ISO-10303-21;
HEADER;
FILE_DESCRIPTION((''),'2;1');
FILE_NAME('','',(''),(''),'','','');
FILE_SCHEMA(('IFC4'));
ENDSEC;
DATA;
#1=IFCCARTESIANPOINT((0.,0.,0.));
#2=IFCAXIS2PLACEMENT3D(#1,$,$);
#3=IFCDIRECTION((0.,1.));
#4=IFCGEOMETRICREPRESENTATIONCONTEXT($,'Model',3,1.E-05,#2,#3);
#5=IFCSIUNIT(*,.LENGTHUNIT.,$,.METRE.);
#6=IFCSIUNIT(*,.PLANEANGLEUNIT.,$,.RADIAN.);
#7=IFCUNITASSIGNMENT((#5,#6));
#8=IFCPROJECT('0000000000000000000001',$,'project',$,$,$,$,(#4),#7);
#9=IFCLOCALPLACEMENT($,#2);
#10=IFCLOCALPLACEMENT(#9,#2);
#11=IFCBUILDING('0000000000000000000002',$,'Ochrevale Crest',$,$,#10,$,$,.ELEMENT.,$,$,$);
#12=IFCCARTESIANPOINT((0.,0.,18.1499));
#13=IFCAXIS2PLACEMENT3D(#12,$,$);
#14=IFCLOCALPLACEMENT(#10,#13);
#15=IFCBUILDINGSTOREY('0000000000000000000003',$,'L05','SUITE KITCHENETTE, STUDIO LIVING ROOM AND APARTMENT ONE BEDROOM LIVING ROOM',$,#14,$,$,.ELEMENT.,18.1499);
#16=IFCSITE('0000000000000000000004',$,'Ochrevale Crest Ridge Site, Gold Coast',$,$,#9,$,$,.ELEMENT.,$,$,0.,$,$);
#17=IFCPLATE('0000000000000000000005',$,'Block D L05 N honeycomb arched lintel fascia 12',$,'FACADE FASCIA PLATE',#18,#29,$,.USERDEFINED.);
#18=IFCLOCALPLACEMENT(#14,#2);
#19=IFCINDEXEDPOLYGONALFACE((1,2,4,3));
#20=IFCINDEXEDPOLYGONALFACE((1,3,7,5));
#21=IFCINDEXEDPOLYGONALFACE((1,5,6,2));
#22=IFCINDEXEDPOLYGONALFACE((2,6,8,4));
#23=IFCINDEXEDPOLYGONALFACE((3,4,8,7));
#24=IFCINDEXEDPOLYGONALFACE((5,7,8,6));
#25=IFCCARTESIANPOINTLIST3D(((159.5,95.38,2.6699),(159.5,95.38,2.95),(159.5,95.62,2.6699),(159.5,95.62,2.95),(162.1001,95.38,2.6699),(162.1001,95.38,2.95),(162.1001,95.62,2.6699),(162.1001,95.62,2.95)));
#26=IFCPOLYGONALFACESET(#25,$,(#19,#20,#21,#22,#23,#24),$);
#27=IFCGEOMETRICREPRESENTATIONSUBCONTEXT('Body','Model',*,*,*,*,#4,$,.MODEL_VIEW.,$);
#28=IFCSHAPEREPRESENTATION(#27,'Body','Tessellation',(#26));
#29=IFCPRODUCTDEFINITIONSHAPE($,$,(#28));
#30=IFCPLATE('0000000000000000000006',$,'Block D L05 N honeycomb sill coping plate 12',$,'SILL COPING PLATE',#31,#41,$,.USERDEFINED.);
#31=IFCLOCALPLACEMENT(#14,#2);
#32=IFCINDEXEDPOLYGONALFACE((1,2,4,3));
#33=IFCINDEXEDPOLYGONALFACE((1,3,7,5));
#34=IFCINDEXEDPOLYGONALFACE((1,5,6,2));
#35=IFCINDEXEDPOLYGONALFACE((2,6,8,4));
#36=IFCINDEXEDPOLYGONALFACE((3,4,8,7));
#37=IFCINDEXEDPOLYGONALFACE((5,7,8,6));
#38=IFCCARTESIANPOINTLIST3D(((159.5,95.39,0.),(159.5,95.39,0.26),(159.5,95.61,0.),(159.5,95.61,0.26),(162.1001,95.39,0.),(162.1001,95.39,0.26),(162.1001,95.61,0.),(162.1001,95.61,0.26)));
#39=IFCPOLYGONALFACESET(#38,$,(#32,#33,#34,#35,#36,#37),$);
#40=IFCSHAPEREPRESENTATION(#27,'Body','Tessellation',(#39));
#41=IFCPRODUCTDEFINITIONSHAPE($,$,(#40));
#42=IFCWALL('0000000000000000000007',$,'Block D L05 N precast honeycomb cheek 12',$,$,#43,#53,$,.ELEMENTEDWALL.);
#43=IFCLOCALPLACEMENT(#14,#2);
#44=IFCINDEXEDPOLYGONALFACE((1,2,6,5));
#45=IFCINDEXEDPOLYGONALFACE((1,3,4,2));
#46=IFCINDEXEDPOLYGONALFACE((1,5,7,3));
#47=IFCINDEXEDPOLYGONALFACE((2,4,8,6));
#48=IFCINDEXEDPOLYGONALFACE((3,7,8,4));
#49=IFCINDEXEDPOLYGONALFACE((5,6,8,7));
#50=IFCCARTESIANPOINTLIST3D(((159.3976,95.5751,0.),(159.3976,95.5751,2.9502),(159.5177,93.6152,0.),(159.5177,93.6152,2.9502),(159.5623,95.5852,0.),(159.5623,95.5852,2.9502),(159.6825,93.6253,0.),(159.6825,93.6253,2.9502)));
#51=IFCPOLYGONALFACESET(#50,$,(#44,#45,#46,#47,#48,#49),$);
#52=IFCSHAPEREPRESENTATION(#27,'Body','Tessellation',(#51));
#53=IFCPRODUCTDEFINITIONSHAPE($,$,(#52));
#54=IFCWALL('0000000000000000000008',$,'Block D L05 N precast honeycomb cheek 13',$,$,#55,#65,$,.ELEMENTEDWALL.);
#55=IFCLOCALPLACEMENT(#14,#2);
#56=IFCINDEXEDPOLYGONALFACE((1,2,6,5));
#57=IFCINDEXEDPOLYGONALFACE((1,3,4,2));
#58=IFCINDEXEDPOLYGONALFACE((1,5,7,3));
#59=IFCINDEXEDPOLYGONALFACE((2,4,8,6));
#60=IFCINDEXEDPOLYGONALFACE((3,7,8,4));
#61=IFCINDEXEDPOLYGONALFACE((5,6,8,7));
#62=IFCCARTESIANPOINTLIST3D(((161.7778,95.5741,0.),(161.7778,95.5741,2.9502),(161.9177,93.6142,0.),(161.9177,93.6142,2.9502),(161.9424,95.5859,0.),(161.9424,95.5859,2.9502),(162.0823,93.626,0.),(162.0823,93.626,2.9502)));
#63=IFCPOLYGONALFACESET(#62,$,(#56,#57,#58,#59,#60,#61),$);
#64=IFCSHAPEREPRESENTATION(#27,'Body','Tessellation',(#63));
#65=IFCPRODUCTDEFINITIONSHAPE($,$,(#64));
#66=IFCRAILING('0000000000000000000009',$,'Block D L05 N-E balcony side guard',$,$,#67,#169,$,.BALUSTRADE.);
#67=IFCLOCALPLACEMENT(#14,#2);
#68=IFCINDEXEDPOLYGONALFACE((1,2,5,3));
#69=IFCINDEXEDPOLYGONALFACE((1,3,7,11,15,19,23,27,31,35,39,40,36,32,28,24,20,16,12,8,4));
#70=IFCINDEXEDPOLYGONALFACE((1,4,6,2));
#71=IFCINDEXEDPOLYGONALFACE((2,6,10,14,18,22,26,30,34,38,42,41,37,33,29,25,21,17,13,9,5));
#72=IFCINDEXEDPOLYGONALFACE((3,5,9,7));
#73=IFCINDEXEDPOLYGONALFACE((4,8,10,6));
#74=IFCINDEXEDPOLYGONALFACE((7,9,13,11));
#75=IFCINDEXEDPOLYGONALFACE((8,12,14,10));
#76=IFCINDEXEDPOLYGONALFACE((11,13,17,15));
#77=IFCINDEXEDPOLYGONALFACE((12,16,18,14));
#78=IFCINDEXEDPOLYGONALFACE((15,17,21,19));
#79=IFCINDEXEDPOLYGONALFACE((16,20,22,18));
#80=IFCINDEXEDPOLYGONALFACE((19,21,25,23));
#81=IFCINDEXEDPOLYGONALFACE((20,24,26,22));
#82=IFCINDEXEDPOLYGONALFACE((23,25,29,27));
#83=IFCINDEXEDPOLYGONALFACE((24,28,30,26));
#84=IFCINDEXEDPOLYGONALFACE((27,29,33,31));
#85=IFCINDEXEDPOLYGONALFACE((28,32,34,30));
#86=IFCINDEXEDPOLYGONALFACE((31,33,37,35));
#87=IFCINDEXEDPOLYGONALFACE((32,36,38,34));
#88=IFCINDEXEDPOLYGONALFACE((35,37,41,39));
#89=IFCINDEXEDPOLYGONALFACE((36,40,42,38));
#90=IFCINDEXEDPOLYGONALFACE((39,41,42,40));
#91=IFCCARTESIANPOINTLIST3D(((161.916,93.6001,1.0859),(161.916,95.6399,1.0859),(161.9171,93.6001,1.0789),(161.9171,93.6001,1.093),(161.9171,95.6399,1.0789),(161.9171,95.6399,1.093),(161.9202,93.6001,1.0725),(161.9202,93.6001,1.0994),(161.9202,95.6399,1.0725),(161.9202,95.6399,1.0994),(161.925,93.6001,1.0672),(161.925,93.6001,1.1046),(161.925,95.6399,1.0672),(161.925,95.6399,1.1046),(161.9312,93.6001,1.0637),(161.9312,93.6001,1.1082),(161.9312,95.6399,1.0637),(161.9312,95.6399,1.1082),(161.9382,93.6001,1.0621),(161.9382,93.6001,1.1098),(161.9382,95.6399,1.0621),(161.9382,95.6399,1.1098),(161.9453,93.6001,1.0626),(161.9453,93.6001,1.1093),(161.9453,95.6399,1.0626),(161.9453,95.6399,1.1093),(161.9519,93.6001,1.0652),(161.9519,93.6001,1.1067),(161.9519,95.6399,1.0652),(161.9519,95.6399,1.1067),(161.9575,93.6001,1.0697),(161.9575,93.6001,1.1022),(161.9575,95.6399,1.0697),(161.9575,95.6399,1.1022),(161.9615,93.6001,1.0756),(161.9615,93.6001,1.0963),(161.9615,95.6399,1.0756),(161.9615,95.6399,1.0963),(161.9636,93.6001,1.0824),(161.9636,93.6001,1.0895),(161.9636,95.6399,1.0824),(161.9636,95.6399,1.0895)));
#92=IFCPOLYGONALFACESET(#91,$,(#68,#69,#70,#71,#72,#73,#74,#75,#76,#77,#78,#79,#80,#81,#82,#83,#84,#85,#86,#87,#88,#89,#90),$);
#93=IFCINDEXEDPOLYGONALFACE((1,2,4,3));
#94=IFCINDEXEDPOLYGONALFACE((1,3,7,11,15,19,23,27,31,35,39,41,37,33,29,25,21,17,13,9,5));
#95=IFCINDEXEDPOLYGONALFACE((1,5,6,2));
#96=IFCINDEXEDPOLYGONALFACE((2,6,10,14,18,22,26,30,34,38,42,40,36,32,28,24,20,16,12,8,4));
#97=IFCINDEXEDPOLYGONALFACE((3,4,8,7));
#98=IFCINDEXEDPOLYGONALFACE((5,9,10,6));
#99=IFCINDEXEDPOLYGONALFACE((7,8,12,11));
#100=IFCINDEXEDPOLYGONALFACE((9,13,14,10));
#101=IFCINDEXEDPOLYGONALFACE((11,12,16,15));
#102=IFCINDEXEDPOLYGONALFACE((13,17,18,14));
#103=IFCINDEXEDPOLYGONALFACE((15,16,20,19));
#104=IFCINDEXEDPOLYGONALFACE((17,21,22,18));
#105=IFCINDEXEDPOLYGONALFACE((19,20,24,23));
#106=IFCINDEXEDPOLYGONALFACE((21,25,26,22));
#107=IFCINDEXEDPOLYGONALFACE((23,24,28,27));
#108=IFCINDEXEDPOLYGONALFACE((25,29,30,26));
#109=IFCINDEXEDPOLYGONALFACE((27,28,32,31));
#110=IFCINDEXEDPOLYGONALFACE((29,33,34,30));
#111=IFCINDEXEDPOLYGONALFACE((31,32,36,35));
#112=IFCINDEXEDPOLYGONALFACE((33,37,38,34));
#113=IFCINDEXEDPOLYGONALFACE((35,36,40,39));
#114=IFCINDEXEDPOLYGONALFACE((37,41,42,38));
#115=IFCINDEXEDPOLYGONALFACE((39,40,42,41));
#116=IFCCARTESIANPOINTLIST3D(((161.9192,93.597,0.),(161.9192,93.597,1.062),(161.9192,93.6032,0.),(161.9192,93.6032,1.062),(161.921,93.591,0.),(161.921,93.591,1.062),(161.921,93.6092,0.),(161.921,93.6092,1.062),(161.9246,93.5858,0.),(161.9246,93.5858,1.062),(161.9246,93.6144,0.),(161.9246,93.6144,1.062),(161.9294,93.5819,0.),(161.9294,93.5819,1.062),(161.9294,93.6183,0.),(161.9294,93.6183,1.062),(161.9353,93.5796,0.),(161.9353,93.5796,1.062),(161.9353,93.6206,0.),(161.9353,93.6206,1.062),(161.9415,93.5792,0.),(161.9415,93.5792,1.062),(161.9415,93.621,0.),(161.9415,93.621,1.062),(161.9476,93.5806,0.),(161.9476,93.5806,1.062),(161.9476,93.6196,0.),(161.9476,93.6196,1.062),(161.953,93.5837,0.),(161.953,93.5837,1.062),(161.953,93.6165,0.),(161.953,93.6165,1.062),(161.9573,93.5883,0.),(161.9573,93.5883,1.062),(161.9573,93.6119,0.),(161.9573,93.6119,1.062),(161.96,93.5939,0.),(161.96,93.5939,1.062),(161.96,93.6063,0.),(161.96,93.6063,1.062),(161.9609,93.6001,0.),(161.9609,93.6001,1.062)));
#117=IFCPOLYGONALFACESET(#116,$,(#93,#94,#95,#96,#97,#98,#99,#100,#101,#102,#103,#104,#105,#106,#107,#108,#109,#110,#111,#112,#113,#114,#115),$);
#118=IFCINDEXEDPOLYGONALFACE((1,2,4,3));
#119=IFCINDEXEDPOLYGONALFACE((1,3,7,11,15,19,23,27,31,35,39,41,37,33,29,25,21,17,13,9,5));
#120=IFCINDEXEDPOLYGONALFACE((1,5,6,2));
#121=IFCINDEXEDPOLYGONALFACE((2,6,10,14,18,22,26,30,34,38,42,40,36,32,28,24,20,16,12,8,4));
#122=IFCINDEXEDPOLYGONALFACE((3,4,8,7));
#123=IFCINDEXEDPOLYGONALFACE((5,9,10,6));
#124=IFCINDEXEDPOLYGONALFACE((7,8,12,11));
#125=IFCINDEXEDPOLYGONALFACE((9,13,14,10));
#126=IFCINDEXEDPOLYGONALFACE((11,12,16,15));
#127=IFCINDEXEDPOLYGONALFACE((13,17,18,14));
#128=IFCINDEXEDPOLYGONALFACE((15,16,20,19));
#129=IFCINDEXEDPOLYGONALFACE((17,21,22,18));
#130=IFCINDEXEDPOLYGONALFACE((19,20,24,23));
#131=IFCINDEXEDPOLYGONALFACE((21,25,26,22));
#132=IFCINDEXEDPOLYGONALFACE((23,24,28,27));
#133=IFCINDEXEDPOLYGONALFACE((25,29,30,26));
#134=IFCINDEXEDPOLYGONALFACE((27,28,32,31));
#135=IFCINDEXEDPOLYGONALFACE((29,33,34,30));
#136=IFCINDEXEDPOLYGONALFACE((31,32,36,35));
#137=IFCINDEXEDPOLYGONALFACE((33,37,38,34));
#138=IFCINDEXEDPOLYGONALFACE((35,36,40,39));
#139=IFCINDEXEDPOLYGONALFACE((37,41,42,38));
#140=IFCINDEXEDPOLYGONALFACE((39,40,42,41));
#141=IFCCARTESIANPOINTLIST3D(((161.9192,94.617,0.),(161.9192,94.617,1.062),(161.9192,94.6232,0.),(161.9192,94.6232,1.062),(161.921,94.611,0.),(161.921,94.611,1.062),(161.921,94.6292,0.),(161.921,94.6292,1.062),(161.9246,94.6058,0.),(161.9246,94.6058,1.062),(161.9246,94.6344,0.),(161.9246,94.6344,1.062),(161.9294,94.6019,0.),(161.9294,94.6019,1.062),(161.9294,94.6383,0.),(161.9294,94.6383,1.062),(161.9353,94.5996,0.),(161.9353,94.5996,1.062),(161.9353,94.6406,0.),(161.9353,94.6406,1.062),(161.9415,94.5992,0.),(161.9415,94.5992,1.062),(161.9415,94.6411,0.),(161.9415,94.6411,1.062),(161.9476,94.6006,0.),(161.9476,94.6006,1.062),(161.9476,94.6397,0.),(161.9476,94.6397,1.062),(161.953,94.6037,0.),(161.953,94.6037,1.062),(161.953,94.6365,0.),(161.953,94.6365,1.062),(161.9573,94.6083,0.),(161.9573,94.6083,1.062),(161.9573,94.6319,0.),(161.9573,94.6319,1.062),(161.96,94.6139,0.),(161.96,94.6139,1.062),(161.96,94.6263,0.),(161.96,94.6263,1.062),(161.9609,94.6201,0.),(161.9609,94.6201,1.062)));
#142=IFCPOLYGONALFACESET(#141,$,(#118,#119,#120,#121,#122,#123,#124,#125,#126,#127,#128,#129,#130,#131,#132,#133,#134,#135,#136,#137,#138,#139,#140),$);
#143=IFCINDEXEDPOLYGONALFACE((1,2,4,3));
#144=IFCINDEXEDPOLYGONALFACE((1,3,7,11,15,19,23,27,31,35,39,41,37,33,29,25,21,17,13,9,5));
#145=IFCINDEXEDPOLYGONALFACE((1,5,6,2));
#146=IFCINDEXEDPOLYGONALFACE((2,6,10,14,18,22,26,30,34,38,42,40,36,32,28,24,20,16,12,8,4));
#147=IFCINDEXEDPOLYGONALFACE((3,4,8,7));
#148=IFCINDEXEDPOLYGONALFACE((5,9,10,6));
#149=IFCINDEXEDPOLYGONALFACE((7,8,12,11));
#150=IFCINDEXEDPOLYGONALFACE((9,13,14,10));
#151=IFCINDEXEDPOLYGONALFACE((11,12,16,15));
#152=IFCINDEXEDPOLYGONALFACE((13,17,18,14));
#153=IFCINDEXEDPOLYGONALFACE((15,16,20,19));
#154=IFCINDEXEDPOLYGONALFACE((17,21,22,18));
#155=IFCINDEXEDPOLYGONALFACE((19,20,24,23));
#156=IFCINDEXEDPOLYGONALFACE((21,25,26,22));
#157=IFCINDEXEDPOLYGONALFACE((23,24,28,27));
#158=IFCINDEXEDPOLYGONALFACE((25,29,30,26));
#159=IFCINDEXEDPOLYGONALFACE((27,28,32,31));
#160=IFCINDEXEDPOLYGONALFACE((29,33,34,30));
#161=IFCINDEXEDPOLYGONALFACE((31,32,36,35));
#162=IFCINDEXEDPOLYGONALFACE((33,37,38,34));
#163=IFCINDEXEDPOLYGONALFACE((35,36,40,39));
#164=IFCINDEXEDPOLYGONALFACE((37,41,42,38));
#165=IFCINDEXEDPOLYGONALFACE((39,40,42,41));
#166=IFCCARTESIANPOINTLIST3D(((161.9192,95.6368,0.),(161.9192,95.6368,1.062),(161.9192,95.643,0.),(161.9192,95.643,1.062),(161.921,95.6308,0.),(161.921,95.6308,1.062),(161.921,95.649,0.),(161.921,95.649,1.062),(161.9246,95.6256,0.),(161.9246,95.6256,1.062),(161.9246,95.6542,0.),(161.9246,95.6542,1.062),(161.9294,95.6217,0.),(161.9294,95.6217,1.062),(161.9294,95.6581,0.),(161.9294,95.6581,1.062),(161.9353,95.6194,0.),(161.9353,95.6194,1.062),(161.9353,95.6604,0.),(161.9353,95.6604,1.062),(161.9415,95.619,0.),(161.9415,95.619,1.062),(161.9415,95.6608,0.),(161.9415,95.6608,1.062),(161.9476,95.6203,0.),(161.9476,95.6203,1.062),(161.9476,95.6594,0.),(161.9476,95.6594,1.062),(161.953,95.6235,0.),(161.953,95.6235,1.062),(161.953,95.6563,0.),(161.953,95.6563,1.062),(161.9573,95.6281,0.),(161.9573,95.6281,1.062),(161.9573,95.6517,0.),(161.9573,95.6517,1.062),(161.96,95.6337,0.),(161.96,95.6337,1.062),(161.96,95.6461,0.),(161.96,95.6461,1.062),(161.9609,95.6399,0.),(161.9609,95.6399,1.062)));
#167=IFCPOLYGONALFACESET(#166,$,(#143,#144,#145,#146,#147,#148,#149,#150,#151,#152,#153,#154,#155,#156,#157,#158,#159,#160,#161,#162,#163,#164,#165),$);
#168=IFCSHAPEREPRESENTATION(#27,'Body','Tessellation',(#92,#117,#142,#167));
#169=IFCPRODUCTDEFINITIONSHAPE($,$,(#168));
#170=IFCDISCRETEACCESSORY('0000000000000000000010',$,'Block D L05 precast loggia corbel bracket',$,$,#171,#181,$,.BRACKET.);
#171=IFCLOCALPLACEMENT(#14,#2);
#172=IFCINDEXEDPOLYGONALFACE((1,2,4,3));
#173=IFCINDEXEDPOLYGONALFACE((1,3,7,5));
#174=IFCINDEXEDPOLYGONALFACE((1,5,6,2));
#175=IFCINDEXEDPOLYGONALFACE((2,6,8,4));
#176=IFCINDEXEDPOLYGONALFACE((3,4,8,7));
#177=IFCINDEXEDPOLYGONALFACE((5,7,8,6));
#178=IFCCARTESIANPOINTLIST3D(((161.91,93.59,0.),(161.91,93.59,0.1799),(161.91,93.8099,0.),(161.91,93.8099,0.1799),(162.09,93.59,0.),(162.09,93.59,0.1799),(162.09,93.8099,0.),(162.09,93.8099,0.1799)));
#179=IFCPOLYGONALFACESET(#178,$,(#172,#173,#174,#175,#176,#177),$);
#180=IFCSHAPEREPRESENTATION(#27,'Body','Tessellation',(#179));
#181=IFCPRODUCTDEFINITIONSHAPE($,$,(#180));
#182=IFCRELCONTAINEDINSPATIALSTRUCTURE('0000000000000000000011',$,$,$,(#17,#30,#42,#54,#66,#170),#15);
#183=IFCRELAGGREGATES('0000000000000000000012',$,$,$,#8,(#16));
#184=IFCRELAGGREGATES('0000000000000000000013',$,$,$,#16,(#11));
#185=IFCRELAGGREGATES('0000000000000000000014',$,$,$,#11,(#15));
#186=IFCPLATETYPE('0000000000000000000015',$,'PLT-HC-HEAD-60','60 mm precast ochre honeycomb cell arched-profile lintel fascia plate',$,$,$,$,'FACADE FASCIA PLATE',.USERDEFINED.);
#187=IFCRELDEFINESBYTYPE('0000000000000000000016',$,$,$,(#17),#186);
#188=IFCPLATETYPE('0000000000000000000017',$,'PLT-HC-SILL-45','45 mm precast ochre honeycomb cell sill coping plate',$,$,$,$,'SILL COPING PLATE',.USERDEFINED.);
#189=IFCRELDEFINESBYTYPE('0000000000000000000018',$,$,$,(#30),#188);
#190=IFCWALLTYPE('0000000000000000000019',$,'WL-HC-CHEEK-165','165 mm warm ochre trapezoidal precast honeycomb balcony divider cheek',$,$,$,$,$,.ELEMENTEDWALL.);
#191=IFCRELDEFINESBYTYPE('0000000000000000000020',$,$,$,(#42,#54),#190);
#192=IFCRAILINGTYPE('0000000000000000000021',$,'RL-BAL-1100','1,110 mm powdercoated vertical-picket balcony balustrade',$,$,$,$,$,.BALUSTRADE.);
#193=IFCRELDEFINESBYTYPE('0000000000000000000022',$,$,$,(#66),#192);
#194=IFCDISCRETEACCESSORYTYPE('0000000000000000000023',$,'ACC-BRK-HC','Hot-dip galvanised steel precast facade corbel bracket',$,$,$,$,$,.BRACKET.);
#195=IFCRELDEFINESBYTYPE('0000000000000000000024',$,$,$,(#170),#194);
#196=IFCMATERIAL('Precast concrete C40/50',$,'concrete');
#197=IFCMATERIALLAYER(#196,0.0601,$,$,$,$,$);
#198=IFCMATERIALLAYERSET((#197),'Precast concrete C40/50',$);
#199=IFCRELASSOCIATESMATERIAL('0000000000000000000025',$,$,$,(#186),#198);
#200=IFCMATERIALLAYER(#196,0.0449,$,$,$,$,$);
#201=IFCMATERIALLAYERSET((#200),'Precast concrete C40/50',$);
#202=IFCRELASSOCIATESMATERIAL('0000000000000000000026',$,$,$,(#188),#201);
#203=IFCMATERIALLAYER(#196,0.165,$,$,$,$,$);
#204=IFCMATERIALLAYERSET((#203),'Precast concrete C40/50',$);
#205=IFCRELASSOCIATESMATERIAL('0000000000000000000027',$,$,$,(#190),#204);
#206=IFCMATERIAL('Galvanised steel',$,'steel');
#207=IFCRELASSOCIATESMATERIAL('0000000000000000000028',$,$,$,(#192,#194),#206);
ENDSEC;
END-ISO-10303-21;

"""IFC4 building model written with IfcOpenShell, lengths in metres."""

from ifc_helpers import new_model, si_unit, direction, frame, frame_2d, origin, origin_2d, place, context, subcontext, project, spatial, rectangle, circle, extrude, material, layer, layer_set, type_object, element, save


model = new_model("IFC4")

# Units and contexts
model_context = context("Model", 3, precision=1e-05, world=origin(), true_north=direction((0.0, 1.0)))
body_context = subcontext(model_context, "Body", "Model", "MODEL_VIEW")
ifc_project = project(units=[si_unit("LENGTHUNIT", "METRE"), si_unit("PLANEANGLEUNIT", "RADIAN")], contexts=[model_context])

# Site, building, storey
site_placement = place(None, origin())
site = spatial("IfcSite", under=ifc_project, at=site_placement, Name="Ochrevale Crest Ridge Site, Gold Coast", CompositionType="ELEMENT", RefElevation=0.0)
building_placement = place(site_placement, origin())
building = spatial("IfcBuilding", under=site, at=building_placement, Name="Ochrevale Crest", CompositionType="ELEMENT")
storey_placement = place(building_placement, frame((0.0, 0.0, 18.1499)))
storey = spatial("IfcBuildingStorey", under=building, at=storey_placement, Name="L05", Description="SUITE KITCHENETTE, STUDIO LIVING ROOM AND APARTMENT ONE BEDROOM LIVING ROOM", CompositionType="ELEMENT", Elevation=18.1499)

# Plates
ifc_material_1 = material(Name="Precast concrete C40/50", Category="concrete")
ifc_layer_1 = layer(ifc_material_1, 0.0601)
ifc_layer_set_1 = layer_set([ifc_layer_1], Name="Precast concrete C40/50")
plate_type_1 = type_object("IfcPlateType", Name="PLT-HC-HEAD-60", Description="60 mm precast ochre honeycomb cell arched-profile lintel fascia plate", ElementType="FACADE FASCIA PLATE", PredefinedType="USERDEFINED", material=ifc_layer_set_1)
plate_1_placement = place(storey_placement, frame((160.8, 95.5, 2.6699), z_axis=(0.0, 0.0, 1.0), x_axis=(1.0, 0.0, 0.0)))
element("IfcPlate", 1, at=plate_1_placement, inside=storey, type_object=plate_type_1, Name="Block D L05 N honeycomb arched lintel fascia 12", ObjectType="FACADE FASCIA PLATE", PredefinedType="USERDEFINED", context=body_context, shape_type="SweptSolid", body=[
    extrude(rectangle(XDim=2.6001, YDim=0.24, at=origin_2d()), origin(), (0.0, 0.0, 1.0), 0.28),
])
ifc_layer_2 = layer(ifc_material_1, 0.0449)
ifc_layer_set_2 = layer_set([ifc_layer_2], Name="Precast concrete C40/50")
plate_type_2 = type_object("IfcPlateType", Name="PLT-HC-SILL-45", Description="45 mm precast ochre honeycomb cell sill coping plate", ElementType="SILL COPING PLATE", PredefinedType="USERDEFINED", material=ifc_layer_set_2)
plate_2_placement = place(storey_placement, frame((160.8, 95.5, 0.0), z_axis=(0.0, 0.0, 1.0), x_axis=(1.0, 0.0, 0.0)))
element("IfcPlate", 2, at=plate_2_placement, inside=storey, type_object=plate_type_2, Name="Block D L05 N honeycomb sill coping plate 12", ObjectType="SILL COPING PLATE", PredefinedType="USERDEFINED", context=body_context, shape_type="SweptSolid", body=[
    extrude(rectangle(XDim=2.6001, YDim=0.22, at=origin_2d()), origin(), (0.0, 0.0, 1.0), 0.26),
])

# Walls
ifc_layer_3 = layer(ifc_material_1, 0.165)
ifc_layer_set_3 = layer_set([ifc_layer_3], Name="Precast concrete C40/50")
wall_type_1 = type_object("IfcWallType", Name="WL-HC-CHEEK-165", Description="165 mm warm ochre trapezoidal precast honeycomb balcony divider cheek", PredefinedType="ELEMENTEDWALL", material=ifc_layer_set_3)
wall_1_placement = place(storey_placement, frame((159.6001, 93.6201, 0.0), z_axis=(0.0, 0.0, 1.0), x_axis=(-0.061171, 0.998127, 0.0)))
element("IfcWall", 3, at=wall_1_placement, inside=storey, type_object=wall_type_1, Name="Block D L05 N precast honeycomb cheek 12", PredefinedType="ELEMENTEDWALL", context=body_context, shape_type="SweptSolid", body=[
    extrude(rectangle(XDim=1.9636, YDim=0.165, at=frame_2d((0.9819, 0.0))), origin(), (0.0, 0.0, 1.0), 2.9502),
])
wall_2_placement = place(storey_placement, frame((162.0, 93.6201, 0.0), z_axis=(0.0, 0.0, 1.0), x_axis=(-0.071194, 0.997462, 0.0)))
element("IfcWall", 4, at=wall_2_placement, inside=storey, type_object=wall_type_1, Name="Block D L05 N precast honeycomb cheek 13", PredefinedType="ELEMENTEDWALL", context=body_context, shape_type="SweptSolid", body=[
    extrude(rectangle(XDim=1.9648, YDim=0.165, at=frame_2d((0.9824, 0.0))), origin(), (0.0, 0.0, 1.0), 2.9502),
])

# Railing
ifc_material_2 = material(Name="Galvanised steel", Category="steel")
railing_type = type_object("IfcRailingType", Name="RL-BAL-1100", Description="1,110 mm powdercoated vertical-picket balcony balustrade", PredefinedType="BALUSTRADE", material=ifc_material_2)
railing_placement = place(storey_placement, frame((161.9399, 93.6001, 0.0)))
element("IfcRailing", 5, at=railing_placement, inside=storey, type_object=railing_type, Name="Block D L05 N-E balcony side guard", PredefinedType="BALUSTRADE", context=body_context, shape_type="SweptSolid", body=[
    extrude(circle(Radius=0.0239, at=origin_2d()), frame((0.0, 0.0, 1.0859), z_axis=(0.0, 1.0, 0.0), x_axis=(-1.0, 0.0, 0.0)), (0.0, 0.0, 1.0), 2.0398),
    extrude(circle(Radius=0.021, at=origin_2d()), origin(), (0.0, 0.0, 1.0), 1.062),
    extrude(circle(Radius=0.021, at=origin_2d()), frame((0.0, 1.02, 0.0)), (0.0, 0.0, 1.0), 1.062),
    extrude(circle(Radius=0.021, at=origin_2d()), frame((0.0, 2.0398, 0.0)), (0.0, 0.0, 1.0), 1.062),
])

# Discrete accessory
discrete_accessory_type = type_object("IfcDiscreteAccessoryType", Name="ACC-BRK-HC", Description="Hot-dip galvanised steel precast facade corbel bracket", PredefinedType="BRACKET", material=ifc_material_2)
discrete_accessory_placement = place(storey_placement, frame((162.0, 93.7, 0.0), z_axis=(0.0, 0.0, 1.0), x_axis=(1.0, 0.0, 0.0)))
element("IfcDiscreteAccessory", 6, at=discrete_accessory_placement, inside=storey, type_object=discrete_accessory_type, Name="Block D L05 precast loggia corbel bracket", PredefinedType="BRACKET", context=body_context, shape_type="SweptSolid", body=[
    extrude(rectangle(XDim=0.1799, YDim=0.22, at=origin_2d()), origin(), (0.0, 0.0, 1.0), 0.1799),
])

save(model, "model.ifc")
